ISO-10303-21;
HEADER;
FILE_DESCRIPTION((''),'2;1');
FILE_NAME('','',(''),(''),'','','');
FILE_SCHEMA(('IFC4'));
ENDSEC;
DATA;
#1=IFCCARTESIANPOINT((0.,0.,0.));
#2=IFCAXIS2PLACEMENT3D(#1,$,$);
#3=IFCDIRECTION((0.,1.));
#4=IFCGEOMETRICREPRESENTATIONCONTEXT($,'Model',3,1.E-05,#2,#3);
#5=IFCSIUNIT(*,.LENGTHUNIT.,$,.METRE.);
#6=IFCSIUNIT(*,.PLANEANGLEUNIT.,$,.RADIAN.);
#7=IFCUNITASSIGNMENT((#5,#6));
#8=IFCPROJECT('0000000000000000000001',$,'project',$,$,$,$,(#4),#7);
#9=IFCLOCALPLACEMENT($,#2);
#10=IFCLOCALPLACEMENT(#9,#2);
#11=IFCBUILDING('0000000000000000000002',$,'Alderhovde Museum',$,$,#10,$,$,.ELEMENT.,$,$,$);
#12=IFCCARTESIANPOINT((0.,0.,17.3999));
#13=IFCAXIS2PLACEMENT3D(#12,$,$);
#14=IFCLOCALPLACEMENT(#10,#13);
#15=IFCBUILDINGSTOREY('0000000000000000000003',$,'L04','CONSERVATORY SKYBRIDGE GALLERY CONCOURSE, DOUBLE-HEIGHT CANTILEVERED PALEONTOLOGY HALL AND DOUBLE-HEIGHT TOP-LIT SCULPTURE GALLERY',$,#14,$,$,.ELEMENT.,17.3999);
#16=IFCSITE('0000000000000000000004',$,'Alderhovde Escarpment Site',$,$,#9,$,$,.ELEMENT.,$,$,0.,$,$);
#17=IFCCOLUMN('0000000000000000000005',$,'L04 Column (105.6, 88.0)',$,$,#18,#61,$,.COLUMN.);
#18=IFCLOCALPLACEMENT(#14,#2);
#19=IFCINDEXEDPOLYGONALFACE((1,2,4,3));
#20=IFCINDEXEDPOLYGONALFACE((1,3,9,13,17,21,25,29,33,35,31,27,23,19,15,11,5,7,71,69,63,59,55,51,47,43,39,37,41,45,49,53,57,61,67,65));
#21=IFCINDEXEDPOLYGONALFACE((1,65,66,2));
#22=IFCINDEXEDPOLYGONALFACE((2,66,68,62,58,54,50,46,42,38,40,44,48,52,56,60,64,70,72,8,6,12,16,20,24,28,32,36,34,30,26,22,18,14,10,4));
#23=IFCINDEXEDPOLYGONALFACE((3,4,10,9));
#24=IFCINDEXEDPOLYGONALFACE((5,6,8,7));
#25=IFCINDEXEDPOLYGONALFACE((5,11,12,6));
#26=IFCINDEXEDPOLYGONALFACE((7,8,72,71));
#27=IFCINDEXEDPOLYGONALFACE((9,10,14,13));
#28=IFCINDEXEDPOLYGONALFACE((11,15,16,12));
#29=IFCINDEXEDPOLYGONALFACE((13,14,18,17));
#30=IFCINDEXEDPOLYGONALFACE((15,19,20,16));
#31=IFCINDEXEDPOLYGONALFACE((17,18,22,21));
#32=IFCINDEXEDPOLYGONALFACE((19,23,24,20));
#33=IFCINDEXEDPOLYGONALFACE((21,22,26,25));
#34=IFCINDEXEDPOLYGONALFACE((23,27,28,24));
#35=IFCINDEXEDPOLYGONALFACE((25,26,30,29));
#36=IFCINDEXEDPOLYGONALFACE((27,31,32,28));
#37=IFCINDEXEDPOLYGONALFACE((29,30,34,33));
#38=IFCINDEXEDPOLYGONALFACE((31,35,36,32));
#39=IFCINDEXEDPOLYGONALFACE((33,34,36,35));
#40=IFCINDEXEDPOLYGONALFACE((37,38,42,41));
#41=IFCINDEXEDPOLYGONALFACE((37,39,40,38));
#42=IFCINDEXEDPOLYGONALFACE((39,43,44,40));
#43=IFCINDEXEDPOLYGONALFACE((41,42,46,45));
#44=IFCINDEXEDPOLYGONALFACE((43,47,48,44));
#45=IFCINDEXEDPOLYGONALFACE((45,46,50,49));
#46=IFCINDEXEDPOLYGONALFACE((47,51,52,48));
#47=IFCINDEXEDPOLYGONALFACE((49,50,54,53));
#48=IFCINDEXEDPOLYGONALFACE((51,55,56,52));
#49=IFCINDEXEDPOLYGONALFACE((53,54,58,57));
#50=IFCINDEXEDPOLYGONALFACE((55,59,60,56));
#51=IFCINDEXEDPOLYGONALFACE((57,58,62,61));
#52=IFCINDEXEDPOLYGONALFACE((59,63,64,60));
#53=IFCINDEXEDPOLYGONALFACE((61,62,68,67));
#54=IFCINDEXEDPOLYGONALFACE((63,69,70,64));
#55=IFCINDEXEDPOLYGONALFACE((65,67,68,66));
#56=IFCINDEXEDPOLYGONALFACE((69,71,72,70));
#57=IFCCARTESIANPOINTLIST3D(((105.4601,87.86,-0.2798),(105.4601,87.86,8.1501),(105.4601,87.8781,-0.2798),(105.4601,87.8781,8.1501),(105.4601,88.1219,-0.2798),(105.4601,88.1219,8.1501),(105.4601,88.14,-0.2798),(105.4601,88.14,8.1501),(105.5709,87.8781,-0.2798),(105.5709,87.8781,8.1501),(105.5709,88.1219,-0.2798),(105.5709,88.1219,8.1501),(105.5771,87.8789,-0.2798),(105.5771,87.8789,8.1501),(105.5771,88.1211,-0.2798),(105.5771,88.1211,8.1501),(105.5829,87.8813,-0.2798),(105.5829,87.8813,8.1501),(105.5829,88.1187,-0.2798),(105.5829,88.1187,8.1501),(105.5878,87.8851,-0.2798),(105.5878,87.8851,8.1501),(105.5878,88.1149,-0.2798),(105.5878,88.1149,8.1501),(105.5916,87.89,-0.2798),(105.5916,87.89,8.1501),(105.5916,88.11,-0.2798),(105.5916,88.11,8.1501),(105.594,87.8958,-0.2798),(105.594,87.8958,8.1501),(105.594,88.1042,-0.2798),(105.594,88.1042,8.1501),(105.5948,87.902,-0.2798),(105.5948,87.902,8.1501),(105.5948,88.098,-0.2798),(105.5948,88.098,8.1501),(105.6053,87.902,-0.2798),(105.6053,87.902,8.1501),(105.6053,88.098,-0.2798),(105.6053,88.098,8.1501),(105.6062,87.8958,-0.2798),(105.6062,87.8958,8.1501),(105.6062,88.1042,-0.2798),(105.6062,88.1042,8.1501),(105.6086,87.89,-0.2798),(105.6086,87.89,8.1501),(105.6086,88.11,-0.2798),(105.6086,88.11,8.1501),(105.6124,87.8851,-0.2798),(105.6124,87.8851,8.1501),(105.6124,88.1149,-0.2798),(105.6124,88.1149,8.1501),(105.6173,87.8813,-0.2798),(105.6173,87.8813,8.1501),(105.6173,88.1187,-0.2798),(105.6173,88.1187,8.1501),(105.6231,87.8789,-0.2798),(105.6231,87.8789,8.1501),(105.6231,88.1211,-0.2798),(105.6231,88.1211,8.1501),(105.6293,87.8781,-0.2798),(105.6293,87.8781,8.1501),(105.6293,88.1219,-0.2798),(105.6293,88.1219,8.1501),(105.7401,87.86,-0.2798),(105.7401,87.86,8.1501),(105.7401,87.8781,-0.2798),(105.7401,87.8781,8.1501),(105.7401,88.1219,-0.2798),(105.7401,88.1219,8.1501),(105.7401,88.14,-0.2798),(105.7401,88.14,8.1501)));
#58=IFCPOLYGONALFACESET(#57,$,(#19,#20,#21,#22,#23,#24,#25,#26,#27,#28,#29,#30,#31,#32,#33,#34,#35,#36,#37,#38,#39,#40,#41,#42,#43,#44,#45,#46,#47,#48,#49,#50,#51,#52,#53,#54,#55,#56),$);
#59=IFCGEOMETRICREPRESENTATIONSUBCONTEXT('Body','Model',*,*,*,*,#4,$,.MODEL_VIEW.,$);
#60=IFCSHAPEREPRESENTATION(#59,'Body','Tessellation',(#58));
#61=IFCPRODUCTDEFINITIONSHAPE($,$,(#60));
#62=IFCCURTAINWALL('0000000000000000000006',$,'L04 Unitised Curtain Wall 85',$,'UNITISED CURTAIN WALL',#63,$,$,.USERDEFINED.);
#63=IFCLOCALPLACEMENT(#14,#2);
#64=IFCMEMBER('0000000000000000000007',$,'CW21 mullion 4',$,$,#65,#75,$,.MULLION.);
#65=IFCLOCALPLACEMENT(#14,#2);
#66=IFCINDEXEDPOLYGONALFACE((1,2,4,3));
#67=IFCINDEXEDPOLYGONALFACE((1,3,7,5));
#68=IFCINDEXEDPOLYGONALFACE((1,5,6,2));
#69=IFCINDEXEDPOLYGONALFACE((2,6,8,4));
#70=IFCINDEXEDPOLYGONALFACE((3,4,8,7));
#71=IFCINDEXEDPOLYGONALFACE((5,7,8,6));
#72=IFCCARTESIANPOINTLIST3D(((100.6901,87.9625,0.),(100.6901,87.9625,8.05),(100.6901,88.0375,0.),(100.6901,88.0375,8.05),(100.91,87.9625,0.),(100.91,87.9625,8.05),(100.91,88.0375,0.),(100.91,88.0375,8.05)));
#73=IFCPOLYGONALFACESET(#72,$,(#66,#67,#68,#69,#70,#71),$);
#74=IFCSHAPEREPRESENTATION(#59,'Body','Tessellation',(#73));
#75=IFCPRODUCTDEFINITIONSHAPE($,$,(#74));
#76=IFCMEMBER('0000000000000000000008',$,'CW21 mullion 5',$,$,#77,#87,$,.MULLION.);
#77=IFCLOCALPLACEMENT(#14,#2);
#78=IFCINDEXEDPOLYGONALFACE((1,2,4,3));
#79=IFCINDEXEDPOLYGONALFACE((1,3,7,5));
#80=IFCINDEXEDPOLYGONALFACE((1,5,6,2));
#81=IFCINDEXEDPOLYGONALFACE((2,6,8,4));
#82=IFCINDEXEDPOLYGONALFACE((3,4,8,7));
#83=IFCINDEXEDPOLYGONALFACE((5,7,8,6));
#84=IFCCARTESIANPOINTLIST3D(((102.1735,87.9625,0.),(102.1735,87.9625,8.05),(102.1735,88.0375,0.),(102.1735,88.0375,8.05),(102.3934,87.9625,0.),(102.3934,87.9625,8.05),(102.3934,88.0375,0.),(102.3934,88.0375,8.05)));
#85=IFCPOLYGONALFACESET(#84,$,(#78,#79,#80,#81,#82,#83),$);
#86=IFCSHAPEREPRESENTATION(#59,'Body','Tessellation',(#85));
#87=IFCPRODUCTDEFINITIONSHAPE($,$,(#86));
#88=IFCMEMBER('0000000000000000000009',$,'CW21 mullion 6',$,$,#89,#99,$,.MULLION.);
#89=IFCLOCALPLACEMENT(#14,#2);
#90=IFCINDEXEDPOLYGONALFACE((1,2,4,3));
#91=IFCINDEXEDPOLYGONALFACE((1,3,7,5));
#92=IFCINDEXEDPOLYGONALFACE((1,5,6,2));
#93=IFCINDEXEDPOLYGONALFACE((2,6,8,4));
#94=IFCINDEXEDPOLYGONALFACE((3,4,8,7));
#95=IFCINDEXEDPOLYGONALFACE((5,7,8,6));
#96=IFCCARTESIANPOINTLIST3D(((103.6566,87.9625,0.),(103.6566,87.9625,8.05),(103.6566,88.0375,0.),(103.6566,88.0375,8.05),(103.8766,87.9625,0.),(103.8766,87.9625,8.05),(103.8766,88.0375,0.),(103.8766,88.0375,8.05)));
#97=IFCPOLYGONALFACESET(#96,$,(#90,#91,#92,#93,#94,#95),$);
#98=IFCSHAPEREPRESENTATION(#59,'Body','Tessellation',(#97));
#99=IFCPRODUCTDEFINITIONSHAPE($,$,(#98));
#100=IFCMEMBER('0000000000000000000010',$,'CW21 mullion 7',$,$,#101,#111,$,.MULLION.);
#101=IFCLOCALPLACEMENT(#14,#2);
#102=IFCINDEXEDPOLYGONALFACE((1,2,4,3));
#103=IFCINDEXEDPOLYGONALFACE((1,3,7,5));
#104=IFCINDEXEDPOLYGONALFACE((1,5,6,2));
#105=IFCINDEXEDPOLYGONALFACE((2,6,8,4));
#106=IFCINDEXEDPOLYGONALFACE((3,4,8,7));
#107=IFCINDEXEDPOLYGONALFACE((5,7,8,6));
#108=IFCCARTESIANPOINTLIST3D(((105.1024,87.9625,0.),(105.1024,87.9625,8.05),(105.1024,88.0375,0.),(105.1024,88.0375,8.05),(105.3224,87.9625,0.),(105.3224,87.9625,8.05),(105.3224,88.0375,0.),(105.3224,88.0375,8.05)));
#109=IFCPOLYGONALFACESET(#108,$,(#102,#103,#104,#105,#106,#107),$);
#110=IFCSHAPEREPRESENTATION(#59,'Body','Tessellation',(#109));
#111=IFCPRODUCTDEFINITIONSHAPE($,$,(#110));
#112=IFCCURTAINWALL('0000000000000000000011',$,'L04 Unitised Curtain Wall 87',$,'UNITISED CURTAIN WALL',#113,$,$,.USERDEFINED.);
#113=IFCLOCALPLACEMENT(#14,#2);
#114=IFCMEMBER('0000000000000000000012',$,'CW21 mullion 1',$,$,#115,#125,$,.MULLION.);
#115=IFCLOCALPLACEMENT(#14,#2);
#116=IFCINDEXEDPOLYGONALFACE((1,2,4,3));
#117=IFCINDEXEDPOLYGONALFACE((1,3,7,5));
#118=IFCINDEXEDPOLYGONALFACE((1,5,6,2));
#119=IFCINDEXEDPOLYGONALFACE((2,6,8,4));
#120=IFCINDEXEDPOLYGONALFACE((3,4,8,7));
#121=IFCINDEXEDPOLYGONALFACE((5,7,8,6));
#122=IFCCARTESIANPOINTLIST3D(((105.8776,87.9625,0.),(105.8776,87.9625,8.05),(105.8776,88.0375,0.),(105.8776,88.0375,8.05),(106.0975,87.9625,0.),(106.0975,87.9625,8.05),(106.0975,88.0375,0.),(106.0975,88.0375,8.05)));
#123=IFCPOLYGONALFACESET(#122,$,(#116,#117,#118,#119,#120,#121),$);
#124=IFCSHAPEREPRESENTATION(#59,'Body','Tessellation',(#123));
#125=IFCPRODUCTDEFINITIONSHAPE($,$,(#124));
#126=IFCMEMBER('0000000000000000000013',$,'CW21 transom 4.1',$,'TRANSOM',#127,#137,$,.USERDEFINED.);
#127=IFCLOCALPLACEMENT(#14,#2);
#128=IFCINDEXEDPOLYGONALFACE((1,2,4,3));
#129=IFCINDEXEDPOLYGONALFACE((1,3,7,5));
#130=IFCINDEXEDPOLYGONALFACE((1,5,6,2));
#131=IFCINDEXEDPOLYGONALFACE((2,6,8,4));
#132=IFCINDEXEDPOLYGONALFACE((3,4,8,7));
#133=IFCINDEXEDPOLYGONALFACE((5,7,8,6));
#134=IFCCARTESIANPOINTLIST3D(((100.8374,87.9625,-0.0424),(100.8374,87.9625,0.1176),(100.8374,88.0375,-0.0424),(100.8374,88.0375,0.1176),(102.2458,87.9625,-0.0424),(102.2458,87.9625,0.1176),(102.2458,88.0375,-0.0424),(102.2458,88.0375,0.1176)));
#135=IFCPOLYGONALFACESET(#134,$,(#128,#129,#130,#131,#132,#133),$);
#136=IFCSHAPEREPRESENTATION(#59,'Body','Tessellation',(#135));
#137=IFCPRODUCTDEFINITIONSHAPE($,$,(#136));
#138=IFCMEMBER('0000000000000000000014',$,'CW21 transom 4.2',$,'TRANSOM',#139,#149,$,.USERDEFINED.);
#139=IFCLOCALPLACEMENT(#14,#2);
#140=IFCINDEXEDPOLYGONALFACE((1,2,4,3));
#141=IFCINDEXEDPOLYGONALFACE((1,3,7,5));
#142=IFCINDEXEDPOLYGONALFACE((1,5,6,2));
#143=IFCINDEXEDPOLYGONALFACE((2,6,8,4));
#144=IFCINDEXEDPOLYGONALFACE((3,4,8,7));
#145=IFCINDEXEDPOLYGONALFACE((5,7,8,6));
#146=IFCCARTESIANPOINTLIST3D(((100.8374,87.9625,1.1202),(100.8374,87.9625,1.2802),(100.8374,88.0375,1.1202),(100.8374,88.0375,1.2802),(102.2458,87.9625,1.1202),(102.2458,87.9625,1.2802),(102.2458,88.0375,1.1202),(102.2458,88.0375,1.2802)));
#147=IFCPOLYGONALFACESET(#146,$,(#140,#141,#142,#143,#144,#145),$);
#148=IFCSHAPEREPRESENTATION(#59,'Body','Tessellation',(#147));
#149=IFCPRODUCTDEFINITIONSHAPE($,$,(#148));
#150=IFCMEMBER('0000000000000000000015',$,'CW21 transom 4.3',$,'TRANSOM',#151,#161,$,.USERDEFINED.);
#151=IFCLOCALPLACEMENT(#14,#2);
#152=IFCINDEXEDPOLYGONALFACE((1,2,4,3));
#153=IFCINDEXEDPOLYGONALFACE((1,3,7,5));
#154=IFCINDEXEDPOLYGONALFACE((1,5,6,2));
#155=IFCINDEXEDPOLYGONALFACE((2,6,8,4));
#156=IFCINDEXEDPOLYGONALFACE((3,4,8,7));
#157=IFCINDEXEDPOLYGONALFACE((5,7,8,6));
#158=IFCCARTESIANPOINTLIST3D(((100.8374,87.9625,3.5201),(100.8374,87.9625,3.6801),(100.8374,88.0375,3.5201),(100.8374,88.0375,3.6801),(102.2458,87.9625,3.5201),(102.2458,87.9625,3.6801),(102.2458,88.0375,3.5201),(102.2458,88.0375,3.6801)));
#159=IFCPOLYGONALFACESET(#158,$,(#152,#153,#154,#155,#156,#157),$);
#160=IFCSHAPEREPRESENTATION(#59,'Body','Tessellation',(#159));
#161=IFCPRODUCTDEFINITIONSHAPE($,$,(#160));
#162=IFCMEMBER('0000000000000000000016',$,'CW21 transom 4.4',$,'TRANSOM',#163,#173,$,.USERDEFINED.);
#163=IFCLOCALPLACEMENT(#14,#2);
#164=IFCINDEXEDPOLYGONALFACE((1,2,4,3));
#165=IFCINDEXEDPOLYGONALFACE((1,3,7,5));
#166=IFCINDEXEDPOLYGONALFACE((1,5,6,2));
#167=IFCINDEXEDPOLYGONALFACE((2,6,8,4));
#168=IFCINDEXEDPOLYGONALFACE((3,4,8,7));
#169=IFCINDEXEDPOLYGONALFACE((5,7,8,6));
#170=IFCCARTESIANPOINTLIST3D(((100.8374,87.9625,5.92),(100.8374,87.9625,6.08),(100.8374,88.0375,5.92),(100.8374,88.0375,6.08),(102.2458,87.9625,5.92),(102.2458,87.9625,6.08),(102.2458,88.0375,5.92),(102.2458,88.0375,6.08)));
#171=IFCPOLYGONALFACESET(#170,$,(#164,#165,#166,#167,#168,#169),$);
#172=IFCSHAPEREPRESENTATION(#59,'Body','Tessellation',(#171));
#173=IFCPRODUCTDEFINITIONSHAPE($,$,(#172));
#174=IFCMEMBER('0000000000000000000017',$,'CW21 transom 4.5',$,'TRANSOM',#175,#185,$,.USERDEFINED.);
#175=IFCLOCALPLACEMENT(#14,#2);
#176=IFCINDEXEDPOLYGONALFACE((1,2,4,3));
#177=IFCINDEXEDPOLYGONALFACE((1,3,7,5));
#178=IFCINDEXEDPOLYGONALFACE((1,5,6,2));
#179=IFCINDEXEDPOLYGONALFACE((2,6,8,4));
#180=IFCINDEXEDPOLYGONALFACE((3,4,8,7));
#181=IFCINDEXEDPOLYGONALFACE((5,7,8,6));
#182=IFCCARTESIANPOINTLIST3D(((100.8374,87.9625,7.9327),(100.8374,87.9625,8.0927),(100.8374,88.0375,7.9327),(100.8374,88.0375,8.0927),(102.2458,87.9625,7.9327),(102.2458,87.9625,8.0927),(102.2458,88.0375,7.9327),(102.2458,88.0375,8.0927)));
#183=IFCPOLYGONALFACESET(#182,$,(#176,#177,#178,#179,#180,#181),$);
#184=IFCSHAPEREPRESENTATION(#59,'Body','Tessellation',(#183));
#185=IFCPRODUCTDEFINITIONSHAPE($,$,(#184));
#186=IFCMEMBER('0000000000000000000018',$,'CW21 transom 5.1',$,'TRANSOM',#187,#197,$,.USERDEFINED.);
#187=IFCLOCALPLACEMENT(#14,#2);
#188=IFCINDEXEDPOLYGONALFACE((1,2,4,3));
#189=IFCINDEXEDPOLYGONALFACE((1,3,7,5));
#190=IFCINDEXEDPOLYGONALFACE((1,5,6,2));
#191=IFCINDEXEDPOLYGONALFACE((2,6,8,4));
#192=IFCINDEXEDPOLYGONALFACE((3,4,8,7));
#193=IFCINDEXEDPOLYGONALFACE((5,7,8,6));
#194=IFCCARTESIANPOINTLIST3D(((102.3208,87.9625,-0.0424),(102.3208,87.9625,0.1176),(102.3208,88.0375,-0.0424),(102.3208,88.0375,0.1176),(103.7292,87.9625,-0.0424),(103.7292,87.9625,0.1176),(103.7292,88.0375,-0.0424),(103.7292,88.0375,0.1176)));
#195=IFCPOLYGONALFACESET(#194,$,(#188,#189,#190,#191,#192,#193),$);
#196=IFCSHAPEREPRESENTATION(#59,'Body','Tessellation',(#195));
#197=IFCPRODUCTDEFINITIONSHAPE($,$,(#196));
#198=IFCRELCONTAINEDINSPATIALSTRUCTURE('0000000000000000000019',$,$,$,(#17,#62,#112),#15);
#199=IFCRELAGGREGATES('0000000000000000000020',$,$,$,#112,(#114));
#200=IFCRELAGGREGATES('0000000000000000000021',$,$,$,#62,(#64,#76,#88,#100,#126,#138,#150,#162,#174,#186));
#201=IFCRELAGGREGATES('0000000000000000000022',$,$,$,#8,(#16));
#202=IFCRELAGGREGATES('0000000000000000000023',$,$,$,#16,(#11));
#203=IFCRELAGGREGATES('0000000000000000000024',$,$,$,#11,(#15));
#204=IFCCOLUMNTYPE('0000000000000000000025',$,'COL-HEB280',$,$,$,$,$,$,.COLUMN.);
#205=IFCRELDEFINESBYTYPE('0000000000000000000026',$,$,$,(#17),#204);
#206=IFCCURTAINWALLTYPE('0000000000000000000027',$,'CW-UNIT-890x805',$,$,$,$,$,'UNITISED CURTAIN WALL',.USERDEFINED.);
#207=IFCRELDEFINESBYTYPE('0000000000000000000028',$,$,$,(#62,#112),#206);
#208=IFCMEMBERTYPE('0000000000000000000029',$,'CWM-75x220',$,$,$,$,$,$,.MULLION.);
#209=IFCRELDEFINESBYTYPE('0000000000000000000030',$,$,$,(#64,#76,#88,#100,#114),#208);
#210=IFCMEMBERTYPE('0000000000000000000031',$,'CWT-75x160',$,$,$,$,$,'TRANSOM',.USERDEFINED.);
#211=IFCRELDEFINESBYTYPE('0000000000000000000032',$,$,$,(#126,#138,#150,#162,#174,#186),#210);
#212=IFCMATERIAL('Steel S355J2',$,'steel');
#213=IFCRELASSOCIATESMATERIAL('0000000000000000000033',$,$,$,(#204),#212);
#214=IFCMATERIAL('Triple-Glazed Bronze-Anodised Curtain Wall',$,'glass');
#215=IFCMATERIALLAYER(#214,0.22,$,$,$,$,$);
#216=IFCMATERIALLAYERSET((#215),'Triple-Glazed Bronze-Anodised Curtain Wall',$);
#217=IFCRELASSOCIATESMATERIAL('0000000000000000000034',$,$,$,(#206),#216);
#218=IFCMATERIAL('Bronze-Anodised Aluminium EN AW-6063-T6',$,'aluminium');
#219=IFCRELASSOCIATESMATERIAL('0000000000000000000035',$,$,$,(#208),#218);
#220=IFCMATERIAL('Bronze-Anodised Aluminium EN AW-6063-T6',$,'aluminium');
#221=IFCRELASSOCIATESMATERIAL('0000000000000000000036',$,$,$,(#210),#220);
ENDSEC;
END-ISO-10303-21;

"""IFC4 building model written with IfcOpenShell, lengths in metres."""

from ifc_helpers import new_model, si_unit, direction, frame, origin, origin_2d, place, context, subcontext, project, spatial, rectangle, i_section, extrude, material, layer, layer_set, material_profile, profile_set, type_object, element, aggregate, save


model = new_model("IFC4")

# Units and contexts
model_context = context("Model", 3, precision=1e-05, world=origin(), true_north=direction((0.0, 1.0)))
body_context = subcontext(model_context, "Body", "Model", "MODEL_VIEW")
ifc_project = project(units=[si_unit("LENGTHUNIT", "METRE"), si_unit("PLANEANGLEUNIT", "RADIAN")], contexts=[model_context])

# Site, building, storey
site_placement = place(None, origin())
site = spatial("IfcSite", under=ifc_project, at=site_placement, Name="Alderhovde Escarpment Site", CompositionType="ELEMENT", RefElevation=0.0)
building_placement = place(site_placement, origin())
building = spatial("IfcBuilding", under=site, at=building_placement, Name="Alderhovde Museum", CompositionType="ELEMENT")
storey_placement = place(building_placement, frame((0.0, 0.0, 17.3999)))
storey = spatial("IfcBuildingStorey", under=building, at=storey_placement, Name="L04", Description="CONSERVATORY SKYBRIDGE GALLERY CONCOURSE, DOUBLE-HEIGHT CANTILEVERED PALEONTOLOGY HALL AND DOUBLE-HEIGHT TOP-LIT SCULPTURE GALLERY", CompositionType="ELEMENT", Elevation=17.3999)

# Column
ifc_material_1 = material(Name="Steel S355J2", Category="steel")
ifc_material_profile_1 = material_profile(ifc_material_1, i_section(OverallWidth=0.28, OverallDepth=0.28, WebThickness=0.0105, FlangeThickness=0.0181, FilletRadius=0.0239, at=origin_2d()), Name="HEB 280")
ifc_profile_set_1 = profile_set([ifc_material_profile_1], Name="Steel S355J2")
column_type = type_object("IfcColumnType", Name="COL-HEB280", PredefinedType="COLUMN", material=ifc_profile_set_1)
column_placement = place(storey_placement, frame((105.6001, 88.0, -0.2798), z_axis=(0.0, 0.0, 1.0), x_axis=(1.0, 0.0, 0.0)))
element("IfcColumn", 1, at=column_placement, inside=storey, type_object=column_type, Name="L04 Column (105.6, 88.0)", PredefinedType="COLUMN", context=body_context, shape_type="SweptSolid", body=[
    extrude(i_section(OverallWidth=0.28, OverallDepth=0.28, WebThickness=0.0105, FlangeThickness=0.0181, FilletRadius=0.0239, at=origin_2d()), origin(), (0.0, 0.0, 1.0), 8.4299),
])

# Curtain wall, members
ifc_material_2 = material(Name="Triple-Glazed Bronze-Anodised Curtain Wall", Category="glass")
ifc_layer_1 = layer(ifc_material_2, 0.22)
ifc_layer_set_1 = layer_set([ifc_layer_1], Name="Triple-Glazed Bronze-Anodised Curtain Wall")
curtain_wall_type = type_object("IfcCurtainWallType", Name="CW-UNIT-890x805", ElementType="UNITISED CURTAIN WALL", PredefinedType="USERDEFINED", material=ifc_layer_set_1)
curtain_wall_1_placement = place(storey_placement, origin())
curtain_wall_1 = element("IfcCurtainWall", 2, at=curtain_wall_1_placement, inside=storey, type_object=curtain_wall_type, Name="L04 Unitised Curtain Wall 85", ObjectType="UNITISED CURTAIN WALL", PredefinedType="USERDEFINED")
ifc_material_3 = material(Name="Bronze-Anodised Aluminium EN AW-6063-T6", Category="aluminium")
ifc_material_profile_2 = material_profile(ifc_material_3, rectangle(XDim=0.075, YDim=0.22, at=origin_2d()), Name="MULLION 75x220")
ifc_profile_set_2 = profile_set([ifc_material_profile_2], Name="Bronze-Anodised Aluminium EN AW-6063-T6")
member_type_1 = type_object("IfcMemberType", Name="CWM-75x220", PredefinedType="MULLION", material=ifc_profile_set_2)
member_1_placement = place(storey_placement, frame((100.8, 88.0, 0.0), z_axis=(0.0, 0.0, 1.0), x_axis=(0.0, 1.0, 0.0)))
member_1 = element("IfcMember", 3, at=member_1_placement, type_object=member_type_1, Name="CW21 mullion 4", PredefinedType="MULLION", context=body_context, shape_type="SweptSolid", body=[
    extrude(rectangle(XDim=0.075, YDim=0.22, at=origin_2d()), origin(), (0.0, 0.0, 1.0), 8.05),
])
member_2_placement = place(storey_placement, frame((102.2834, 88.0, 0.0), z_axis=(0.0, 0.0, 1.0), x_axis=(0.0, 1.0, 0.0)))
member_2 = element("IfcMember", 4, at=member_2_placement, type_object=member_type_1, Name="CW21 mullion 5", PredefinedType="MULLION", context=body_context, shape_type="SweptSolid", body=[
    extrude(rectangle(XDim=0.075, YDim=0.22, at=origin_2d()), origin(), (0.0, 0.0, 1.0), 8.05),
])
member_3_placement = place(storey_placement, frame((103.7666, 88.0, 0.0), z_axis=(0.0, 0.0, 1.0), x_axis=(0.0, 1.0, 0.0)))
member_3 = element("IfcMember", 5, at=member_3_placement, type_object=member_type_1, Name="CW21 mullion 6", PredefinedType="MULLION", context=body_context, shape_type="SweptSolid", body=[
    extrude(rectangle(XDim=0.075, YDim=0.22, at=origin_2d()), origin(), (0.0, 0.0, 1.0), 8.05),
])
member_4_placement = place(storey_placement, frame((105.2124, 88.0, 0.0), z_axis=(0.0, 0.0, 1.0), x_axis=(0.0, 1.0, 0.0)))
member_4 = element("IfcMember", 6, at=member_4_placement, type_object=member_type_1, Name="CW21 mullion 7", PredefinedType="MULLION", context=body_context, shape_type="SweptSolid", body=[
    extrude(rectangle(XDim=0.075, YDim=0.22, at=origin_2d()), origin(), (0.0, 0.0, 1.0), 8.05),
])

# Curtain wall, member
curtain_wall_2_placement = place(storey_placement, origin())
curtain_wall_2 = element("IfcCurtainWall", 7, at=curtain_wall_2_placement, inside=storey, type_object=curtain_wall_type, Name="L04 Unitised Curtain Wall 87", ObjectType="UNITISED CURTAIN WALL", PredefinedType="USERDEFINED")
member_5_placement = place(storey_placement, frame((105.9875, 88.0, 0.0), z_axis=(0.0, 0.0, 1.0), x_axis=(0.0, 1.0, 0.0)))
member_5 = element("IfcMember", 8, at=member_5_placement, type_object=member_type_1, Name="CW21 mullion 1", PredefinedType="MULLION", context=body_context, shape_type="SweptSolid", body=[
    extrude(rectangle(XDim=0.075, YDim=0.22, at=origin_2d()), origin(), (0.0, 0.0, 1.0), 8.05),
])
aggregate(curtain_wall_2, [member_5])

# Members
ifc_material_4 = material(Name="Bronze-Anodised Aluminium EN AW-6063-T6", Category="aluminium")
ifc_material_profile_3 = material_profile(ifc_material_4, rectangle(XDim=0.075, YDim=0.1599, at=origin_2d()), Name="TRANSOM 75x160")
ifc_profile_set_3 = profile_set([ifc_material_profile_3], Name="Bronze-Anodised Aluminium EN AW-6063-T6")
member_type_2 = type_object("IfcMemberType", Name="CWT-75x160", ElementType="TRANSOM", PredefinedType="USERDEFINED", material=ifc_profile_set_3)
member_6_placement = place(storey_placement, frame((100.8374, 88.0, 0.0376), z_axis=(1.0, 0.0, 0.0), x_axis=(0.0, 1.0, 0.0)))
member_6 = element("IfcMember", 9, at=member_6_placement, type_object=member_type_2, Name="CW21 transom 4.1", ObjectType="TRANSOM", PredefinedType="USERDEFINED", context=body_context, shape_type="SweptSolid", body=[
    extrude(rectangle(XDim=0.075, YDim=0.1599, at=origin_2d()), origin(), (0.0, 0.0, 1.0), 1.4084),
])
member_7_placement = place(storey_placement, frame((100.8374, 88.0, 1.2002), z_axis=(1.0, 0.0, 0.0), x_axis=(0.0, 1.0, 0.0)))
member_7 = element("IfcMember", 10, at=member_7_placement, type_object=member_type_2, Name="CW21 transom 4.2", ObjectType="TRANSOM", PredefinedType="USERDEFINED", context=body_context, shape_type="SweptSolid", body=[
    extrude(rectangle(XDim=0.075, YDim=0.1599, at=origin_2d()), origin(), (0.0, 0.0, 1.0), 1.4084),
])
member_8_placement = place(storey_placement, frame((100.8374, 88.0, 3.6001), z_axis=(1.0, 0.0, 0.0), x_axis=(0.0, 1.0, 0.0)))
member_8 = element("IfcMember", 11, at=member_8_placement, type_object=member_type_2, Name="CW21 transom 4.3", ObjectType="TRANSOM", PredefinedType="USERDEFINED", context=body_context, shape_type="SweptSolid", body=[
    extrude(rectangle(XDim=0.075, YDim=0.1599, at=origin_2d()), origin(), (0.0, 0.0, 1.0), 1.4084),
])
member_9_placement = place(storey_placement, frame((100.8374, 88.0, 6.0), z_axis=(1.0, 0.0, 0.0), x_axis=(0.0, 1.0, 0.0)))
member_9 = element("IfcMember", 12, at=member_9_placement, type_object=member_type_2, Name="CW21 transom 4.4", ObjectType="TRANSOM", PredefinedType="USERDEFINED", context=body_context, shape_type="SweptSolid", body=[
    extrude(rectangle(XDim=0.075, YDim=0.1599, at=origin_2d()), origin(), (0.0, 0.0, 1.0), 1.4084),
])
member_10_placement = place(storey_placement, frame((100.8374, 88.0, 8.0127), z_axis=(1.0, 0.0, 0.0), x_axis=(0.0, 1.0, 0.0)))
member_10 = element("IfcMember", 13, at=member_10_placement, type_object=member_type_2, Name="CW21 transom 4.5", ObjectType="TRANSOM", PredefinedType="USERDEFINED", context=body_context, shape_type="SweptSolid", body=[
    extrude(rectangle(XDim=0.075, YDim=0.1599, at=origin_2d()), origin(), (0.0, 0.0, 1.0), 1.4084),
])
member_11_placement = place(storey_placement, frame((102.3208, 88.0, 0.0376), z_axis=(1.0, 0.0, 0.0), x_axis=(0.0, 1.0, 0.0)))
member_11 = element("IfcMember", 14, at=member_11_placement, type_object=member_type_2, Name="CW21 transom 5.1", ObjectType="TRANSOM", PredefinedType="USERDEFINED", context=body_context, shape_type="SweptSolid", body=[
    extrude(rectangle(XDim=0.075, YDim=0.1599, at=origin_2d()), origin(), (0.0, 0.0, 1.0), 1.4084),
])

aggregate(curtain_wall_1, [member_1, member_2, member_3, member_4, member_6, member_7, member_8, member_9, member_10, member_11])

save(model, "model.ifc")
